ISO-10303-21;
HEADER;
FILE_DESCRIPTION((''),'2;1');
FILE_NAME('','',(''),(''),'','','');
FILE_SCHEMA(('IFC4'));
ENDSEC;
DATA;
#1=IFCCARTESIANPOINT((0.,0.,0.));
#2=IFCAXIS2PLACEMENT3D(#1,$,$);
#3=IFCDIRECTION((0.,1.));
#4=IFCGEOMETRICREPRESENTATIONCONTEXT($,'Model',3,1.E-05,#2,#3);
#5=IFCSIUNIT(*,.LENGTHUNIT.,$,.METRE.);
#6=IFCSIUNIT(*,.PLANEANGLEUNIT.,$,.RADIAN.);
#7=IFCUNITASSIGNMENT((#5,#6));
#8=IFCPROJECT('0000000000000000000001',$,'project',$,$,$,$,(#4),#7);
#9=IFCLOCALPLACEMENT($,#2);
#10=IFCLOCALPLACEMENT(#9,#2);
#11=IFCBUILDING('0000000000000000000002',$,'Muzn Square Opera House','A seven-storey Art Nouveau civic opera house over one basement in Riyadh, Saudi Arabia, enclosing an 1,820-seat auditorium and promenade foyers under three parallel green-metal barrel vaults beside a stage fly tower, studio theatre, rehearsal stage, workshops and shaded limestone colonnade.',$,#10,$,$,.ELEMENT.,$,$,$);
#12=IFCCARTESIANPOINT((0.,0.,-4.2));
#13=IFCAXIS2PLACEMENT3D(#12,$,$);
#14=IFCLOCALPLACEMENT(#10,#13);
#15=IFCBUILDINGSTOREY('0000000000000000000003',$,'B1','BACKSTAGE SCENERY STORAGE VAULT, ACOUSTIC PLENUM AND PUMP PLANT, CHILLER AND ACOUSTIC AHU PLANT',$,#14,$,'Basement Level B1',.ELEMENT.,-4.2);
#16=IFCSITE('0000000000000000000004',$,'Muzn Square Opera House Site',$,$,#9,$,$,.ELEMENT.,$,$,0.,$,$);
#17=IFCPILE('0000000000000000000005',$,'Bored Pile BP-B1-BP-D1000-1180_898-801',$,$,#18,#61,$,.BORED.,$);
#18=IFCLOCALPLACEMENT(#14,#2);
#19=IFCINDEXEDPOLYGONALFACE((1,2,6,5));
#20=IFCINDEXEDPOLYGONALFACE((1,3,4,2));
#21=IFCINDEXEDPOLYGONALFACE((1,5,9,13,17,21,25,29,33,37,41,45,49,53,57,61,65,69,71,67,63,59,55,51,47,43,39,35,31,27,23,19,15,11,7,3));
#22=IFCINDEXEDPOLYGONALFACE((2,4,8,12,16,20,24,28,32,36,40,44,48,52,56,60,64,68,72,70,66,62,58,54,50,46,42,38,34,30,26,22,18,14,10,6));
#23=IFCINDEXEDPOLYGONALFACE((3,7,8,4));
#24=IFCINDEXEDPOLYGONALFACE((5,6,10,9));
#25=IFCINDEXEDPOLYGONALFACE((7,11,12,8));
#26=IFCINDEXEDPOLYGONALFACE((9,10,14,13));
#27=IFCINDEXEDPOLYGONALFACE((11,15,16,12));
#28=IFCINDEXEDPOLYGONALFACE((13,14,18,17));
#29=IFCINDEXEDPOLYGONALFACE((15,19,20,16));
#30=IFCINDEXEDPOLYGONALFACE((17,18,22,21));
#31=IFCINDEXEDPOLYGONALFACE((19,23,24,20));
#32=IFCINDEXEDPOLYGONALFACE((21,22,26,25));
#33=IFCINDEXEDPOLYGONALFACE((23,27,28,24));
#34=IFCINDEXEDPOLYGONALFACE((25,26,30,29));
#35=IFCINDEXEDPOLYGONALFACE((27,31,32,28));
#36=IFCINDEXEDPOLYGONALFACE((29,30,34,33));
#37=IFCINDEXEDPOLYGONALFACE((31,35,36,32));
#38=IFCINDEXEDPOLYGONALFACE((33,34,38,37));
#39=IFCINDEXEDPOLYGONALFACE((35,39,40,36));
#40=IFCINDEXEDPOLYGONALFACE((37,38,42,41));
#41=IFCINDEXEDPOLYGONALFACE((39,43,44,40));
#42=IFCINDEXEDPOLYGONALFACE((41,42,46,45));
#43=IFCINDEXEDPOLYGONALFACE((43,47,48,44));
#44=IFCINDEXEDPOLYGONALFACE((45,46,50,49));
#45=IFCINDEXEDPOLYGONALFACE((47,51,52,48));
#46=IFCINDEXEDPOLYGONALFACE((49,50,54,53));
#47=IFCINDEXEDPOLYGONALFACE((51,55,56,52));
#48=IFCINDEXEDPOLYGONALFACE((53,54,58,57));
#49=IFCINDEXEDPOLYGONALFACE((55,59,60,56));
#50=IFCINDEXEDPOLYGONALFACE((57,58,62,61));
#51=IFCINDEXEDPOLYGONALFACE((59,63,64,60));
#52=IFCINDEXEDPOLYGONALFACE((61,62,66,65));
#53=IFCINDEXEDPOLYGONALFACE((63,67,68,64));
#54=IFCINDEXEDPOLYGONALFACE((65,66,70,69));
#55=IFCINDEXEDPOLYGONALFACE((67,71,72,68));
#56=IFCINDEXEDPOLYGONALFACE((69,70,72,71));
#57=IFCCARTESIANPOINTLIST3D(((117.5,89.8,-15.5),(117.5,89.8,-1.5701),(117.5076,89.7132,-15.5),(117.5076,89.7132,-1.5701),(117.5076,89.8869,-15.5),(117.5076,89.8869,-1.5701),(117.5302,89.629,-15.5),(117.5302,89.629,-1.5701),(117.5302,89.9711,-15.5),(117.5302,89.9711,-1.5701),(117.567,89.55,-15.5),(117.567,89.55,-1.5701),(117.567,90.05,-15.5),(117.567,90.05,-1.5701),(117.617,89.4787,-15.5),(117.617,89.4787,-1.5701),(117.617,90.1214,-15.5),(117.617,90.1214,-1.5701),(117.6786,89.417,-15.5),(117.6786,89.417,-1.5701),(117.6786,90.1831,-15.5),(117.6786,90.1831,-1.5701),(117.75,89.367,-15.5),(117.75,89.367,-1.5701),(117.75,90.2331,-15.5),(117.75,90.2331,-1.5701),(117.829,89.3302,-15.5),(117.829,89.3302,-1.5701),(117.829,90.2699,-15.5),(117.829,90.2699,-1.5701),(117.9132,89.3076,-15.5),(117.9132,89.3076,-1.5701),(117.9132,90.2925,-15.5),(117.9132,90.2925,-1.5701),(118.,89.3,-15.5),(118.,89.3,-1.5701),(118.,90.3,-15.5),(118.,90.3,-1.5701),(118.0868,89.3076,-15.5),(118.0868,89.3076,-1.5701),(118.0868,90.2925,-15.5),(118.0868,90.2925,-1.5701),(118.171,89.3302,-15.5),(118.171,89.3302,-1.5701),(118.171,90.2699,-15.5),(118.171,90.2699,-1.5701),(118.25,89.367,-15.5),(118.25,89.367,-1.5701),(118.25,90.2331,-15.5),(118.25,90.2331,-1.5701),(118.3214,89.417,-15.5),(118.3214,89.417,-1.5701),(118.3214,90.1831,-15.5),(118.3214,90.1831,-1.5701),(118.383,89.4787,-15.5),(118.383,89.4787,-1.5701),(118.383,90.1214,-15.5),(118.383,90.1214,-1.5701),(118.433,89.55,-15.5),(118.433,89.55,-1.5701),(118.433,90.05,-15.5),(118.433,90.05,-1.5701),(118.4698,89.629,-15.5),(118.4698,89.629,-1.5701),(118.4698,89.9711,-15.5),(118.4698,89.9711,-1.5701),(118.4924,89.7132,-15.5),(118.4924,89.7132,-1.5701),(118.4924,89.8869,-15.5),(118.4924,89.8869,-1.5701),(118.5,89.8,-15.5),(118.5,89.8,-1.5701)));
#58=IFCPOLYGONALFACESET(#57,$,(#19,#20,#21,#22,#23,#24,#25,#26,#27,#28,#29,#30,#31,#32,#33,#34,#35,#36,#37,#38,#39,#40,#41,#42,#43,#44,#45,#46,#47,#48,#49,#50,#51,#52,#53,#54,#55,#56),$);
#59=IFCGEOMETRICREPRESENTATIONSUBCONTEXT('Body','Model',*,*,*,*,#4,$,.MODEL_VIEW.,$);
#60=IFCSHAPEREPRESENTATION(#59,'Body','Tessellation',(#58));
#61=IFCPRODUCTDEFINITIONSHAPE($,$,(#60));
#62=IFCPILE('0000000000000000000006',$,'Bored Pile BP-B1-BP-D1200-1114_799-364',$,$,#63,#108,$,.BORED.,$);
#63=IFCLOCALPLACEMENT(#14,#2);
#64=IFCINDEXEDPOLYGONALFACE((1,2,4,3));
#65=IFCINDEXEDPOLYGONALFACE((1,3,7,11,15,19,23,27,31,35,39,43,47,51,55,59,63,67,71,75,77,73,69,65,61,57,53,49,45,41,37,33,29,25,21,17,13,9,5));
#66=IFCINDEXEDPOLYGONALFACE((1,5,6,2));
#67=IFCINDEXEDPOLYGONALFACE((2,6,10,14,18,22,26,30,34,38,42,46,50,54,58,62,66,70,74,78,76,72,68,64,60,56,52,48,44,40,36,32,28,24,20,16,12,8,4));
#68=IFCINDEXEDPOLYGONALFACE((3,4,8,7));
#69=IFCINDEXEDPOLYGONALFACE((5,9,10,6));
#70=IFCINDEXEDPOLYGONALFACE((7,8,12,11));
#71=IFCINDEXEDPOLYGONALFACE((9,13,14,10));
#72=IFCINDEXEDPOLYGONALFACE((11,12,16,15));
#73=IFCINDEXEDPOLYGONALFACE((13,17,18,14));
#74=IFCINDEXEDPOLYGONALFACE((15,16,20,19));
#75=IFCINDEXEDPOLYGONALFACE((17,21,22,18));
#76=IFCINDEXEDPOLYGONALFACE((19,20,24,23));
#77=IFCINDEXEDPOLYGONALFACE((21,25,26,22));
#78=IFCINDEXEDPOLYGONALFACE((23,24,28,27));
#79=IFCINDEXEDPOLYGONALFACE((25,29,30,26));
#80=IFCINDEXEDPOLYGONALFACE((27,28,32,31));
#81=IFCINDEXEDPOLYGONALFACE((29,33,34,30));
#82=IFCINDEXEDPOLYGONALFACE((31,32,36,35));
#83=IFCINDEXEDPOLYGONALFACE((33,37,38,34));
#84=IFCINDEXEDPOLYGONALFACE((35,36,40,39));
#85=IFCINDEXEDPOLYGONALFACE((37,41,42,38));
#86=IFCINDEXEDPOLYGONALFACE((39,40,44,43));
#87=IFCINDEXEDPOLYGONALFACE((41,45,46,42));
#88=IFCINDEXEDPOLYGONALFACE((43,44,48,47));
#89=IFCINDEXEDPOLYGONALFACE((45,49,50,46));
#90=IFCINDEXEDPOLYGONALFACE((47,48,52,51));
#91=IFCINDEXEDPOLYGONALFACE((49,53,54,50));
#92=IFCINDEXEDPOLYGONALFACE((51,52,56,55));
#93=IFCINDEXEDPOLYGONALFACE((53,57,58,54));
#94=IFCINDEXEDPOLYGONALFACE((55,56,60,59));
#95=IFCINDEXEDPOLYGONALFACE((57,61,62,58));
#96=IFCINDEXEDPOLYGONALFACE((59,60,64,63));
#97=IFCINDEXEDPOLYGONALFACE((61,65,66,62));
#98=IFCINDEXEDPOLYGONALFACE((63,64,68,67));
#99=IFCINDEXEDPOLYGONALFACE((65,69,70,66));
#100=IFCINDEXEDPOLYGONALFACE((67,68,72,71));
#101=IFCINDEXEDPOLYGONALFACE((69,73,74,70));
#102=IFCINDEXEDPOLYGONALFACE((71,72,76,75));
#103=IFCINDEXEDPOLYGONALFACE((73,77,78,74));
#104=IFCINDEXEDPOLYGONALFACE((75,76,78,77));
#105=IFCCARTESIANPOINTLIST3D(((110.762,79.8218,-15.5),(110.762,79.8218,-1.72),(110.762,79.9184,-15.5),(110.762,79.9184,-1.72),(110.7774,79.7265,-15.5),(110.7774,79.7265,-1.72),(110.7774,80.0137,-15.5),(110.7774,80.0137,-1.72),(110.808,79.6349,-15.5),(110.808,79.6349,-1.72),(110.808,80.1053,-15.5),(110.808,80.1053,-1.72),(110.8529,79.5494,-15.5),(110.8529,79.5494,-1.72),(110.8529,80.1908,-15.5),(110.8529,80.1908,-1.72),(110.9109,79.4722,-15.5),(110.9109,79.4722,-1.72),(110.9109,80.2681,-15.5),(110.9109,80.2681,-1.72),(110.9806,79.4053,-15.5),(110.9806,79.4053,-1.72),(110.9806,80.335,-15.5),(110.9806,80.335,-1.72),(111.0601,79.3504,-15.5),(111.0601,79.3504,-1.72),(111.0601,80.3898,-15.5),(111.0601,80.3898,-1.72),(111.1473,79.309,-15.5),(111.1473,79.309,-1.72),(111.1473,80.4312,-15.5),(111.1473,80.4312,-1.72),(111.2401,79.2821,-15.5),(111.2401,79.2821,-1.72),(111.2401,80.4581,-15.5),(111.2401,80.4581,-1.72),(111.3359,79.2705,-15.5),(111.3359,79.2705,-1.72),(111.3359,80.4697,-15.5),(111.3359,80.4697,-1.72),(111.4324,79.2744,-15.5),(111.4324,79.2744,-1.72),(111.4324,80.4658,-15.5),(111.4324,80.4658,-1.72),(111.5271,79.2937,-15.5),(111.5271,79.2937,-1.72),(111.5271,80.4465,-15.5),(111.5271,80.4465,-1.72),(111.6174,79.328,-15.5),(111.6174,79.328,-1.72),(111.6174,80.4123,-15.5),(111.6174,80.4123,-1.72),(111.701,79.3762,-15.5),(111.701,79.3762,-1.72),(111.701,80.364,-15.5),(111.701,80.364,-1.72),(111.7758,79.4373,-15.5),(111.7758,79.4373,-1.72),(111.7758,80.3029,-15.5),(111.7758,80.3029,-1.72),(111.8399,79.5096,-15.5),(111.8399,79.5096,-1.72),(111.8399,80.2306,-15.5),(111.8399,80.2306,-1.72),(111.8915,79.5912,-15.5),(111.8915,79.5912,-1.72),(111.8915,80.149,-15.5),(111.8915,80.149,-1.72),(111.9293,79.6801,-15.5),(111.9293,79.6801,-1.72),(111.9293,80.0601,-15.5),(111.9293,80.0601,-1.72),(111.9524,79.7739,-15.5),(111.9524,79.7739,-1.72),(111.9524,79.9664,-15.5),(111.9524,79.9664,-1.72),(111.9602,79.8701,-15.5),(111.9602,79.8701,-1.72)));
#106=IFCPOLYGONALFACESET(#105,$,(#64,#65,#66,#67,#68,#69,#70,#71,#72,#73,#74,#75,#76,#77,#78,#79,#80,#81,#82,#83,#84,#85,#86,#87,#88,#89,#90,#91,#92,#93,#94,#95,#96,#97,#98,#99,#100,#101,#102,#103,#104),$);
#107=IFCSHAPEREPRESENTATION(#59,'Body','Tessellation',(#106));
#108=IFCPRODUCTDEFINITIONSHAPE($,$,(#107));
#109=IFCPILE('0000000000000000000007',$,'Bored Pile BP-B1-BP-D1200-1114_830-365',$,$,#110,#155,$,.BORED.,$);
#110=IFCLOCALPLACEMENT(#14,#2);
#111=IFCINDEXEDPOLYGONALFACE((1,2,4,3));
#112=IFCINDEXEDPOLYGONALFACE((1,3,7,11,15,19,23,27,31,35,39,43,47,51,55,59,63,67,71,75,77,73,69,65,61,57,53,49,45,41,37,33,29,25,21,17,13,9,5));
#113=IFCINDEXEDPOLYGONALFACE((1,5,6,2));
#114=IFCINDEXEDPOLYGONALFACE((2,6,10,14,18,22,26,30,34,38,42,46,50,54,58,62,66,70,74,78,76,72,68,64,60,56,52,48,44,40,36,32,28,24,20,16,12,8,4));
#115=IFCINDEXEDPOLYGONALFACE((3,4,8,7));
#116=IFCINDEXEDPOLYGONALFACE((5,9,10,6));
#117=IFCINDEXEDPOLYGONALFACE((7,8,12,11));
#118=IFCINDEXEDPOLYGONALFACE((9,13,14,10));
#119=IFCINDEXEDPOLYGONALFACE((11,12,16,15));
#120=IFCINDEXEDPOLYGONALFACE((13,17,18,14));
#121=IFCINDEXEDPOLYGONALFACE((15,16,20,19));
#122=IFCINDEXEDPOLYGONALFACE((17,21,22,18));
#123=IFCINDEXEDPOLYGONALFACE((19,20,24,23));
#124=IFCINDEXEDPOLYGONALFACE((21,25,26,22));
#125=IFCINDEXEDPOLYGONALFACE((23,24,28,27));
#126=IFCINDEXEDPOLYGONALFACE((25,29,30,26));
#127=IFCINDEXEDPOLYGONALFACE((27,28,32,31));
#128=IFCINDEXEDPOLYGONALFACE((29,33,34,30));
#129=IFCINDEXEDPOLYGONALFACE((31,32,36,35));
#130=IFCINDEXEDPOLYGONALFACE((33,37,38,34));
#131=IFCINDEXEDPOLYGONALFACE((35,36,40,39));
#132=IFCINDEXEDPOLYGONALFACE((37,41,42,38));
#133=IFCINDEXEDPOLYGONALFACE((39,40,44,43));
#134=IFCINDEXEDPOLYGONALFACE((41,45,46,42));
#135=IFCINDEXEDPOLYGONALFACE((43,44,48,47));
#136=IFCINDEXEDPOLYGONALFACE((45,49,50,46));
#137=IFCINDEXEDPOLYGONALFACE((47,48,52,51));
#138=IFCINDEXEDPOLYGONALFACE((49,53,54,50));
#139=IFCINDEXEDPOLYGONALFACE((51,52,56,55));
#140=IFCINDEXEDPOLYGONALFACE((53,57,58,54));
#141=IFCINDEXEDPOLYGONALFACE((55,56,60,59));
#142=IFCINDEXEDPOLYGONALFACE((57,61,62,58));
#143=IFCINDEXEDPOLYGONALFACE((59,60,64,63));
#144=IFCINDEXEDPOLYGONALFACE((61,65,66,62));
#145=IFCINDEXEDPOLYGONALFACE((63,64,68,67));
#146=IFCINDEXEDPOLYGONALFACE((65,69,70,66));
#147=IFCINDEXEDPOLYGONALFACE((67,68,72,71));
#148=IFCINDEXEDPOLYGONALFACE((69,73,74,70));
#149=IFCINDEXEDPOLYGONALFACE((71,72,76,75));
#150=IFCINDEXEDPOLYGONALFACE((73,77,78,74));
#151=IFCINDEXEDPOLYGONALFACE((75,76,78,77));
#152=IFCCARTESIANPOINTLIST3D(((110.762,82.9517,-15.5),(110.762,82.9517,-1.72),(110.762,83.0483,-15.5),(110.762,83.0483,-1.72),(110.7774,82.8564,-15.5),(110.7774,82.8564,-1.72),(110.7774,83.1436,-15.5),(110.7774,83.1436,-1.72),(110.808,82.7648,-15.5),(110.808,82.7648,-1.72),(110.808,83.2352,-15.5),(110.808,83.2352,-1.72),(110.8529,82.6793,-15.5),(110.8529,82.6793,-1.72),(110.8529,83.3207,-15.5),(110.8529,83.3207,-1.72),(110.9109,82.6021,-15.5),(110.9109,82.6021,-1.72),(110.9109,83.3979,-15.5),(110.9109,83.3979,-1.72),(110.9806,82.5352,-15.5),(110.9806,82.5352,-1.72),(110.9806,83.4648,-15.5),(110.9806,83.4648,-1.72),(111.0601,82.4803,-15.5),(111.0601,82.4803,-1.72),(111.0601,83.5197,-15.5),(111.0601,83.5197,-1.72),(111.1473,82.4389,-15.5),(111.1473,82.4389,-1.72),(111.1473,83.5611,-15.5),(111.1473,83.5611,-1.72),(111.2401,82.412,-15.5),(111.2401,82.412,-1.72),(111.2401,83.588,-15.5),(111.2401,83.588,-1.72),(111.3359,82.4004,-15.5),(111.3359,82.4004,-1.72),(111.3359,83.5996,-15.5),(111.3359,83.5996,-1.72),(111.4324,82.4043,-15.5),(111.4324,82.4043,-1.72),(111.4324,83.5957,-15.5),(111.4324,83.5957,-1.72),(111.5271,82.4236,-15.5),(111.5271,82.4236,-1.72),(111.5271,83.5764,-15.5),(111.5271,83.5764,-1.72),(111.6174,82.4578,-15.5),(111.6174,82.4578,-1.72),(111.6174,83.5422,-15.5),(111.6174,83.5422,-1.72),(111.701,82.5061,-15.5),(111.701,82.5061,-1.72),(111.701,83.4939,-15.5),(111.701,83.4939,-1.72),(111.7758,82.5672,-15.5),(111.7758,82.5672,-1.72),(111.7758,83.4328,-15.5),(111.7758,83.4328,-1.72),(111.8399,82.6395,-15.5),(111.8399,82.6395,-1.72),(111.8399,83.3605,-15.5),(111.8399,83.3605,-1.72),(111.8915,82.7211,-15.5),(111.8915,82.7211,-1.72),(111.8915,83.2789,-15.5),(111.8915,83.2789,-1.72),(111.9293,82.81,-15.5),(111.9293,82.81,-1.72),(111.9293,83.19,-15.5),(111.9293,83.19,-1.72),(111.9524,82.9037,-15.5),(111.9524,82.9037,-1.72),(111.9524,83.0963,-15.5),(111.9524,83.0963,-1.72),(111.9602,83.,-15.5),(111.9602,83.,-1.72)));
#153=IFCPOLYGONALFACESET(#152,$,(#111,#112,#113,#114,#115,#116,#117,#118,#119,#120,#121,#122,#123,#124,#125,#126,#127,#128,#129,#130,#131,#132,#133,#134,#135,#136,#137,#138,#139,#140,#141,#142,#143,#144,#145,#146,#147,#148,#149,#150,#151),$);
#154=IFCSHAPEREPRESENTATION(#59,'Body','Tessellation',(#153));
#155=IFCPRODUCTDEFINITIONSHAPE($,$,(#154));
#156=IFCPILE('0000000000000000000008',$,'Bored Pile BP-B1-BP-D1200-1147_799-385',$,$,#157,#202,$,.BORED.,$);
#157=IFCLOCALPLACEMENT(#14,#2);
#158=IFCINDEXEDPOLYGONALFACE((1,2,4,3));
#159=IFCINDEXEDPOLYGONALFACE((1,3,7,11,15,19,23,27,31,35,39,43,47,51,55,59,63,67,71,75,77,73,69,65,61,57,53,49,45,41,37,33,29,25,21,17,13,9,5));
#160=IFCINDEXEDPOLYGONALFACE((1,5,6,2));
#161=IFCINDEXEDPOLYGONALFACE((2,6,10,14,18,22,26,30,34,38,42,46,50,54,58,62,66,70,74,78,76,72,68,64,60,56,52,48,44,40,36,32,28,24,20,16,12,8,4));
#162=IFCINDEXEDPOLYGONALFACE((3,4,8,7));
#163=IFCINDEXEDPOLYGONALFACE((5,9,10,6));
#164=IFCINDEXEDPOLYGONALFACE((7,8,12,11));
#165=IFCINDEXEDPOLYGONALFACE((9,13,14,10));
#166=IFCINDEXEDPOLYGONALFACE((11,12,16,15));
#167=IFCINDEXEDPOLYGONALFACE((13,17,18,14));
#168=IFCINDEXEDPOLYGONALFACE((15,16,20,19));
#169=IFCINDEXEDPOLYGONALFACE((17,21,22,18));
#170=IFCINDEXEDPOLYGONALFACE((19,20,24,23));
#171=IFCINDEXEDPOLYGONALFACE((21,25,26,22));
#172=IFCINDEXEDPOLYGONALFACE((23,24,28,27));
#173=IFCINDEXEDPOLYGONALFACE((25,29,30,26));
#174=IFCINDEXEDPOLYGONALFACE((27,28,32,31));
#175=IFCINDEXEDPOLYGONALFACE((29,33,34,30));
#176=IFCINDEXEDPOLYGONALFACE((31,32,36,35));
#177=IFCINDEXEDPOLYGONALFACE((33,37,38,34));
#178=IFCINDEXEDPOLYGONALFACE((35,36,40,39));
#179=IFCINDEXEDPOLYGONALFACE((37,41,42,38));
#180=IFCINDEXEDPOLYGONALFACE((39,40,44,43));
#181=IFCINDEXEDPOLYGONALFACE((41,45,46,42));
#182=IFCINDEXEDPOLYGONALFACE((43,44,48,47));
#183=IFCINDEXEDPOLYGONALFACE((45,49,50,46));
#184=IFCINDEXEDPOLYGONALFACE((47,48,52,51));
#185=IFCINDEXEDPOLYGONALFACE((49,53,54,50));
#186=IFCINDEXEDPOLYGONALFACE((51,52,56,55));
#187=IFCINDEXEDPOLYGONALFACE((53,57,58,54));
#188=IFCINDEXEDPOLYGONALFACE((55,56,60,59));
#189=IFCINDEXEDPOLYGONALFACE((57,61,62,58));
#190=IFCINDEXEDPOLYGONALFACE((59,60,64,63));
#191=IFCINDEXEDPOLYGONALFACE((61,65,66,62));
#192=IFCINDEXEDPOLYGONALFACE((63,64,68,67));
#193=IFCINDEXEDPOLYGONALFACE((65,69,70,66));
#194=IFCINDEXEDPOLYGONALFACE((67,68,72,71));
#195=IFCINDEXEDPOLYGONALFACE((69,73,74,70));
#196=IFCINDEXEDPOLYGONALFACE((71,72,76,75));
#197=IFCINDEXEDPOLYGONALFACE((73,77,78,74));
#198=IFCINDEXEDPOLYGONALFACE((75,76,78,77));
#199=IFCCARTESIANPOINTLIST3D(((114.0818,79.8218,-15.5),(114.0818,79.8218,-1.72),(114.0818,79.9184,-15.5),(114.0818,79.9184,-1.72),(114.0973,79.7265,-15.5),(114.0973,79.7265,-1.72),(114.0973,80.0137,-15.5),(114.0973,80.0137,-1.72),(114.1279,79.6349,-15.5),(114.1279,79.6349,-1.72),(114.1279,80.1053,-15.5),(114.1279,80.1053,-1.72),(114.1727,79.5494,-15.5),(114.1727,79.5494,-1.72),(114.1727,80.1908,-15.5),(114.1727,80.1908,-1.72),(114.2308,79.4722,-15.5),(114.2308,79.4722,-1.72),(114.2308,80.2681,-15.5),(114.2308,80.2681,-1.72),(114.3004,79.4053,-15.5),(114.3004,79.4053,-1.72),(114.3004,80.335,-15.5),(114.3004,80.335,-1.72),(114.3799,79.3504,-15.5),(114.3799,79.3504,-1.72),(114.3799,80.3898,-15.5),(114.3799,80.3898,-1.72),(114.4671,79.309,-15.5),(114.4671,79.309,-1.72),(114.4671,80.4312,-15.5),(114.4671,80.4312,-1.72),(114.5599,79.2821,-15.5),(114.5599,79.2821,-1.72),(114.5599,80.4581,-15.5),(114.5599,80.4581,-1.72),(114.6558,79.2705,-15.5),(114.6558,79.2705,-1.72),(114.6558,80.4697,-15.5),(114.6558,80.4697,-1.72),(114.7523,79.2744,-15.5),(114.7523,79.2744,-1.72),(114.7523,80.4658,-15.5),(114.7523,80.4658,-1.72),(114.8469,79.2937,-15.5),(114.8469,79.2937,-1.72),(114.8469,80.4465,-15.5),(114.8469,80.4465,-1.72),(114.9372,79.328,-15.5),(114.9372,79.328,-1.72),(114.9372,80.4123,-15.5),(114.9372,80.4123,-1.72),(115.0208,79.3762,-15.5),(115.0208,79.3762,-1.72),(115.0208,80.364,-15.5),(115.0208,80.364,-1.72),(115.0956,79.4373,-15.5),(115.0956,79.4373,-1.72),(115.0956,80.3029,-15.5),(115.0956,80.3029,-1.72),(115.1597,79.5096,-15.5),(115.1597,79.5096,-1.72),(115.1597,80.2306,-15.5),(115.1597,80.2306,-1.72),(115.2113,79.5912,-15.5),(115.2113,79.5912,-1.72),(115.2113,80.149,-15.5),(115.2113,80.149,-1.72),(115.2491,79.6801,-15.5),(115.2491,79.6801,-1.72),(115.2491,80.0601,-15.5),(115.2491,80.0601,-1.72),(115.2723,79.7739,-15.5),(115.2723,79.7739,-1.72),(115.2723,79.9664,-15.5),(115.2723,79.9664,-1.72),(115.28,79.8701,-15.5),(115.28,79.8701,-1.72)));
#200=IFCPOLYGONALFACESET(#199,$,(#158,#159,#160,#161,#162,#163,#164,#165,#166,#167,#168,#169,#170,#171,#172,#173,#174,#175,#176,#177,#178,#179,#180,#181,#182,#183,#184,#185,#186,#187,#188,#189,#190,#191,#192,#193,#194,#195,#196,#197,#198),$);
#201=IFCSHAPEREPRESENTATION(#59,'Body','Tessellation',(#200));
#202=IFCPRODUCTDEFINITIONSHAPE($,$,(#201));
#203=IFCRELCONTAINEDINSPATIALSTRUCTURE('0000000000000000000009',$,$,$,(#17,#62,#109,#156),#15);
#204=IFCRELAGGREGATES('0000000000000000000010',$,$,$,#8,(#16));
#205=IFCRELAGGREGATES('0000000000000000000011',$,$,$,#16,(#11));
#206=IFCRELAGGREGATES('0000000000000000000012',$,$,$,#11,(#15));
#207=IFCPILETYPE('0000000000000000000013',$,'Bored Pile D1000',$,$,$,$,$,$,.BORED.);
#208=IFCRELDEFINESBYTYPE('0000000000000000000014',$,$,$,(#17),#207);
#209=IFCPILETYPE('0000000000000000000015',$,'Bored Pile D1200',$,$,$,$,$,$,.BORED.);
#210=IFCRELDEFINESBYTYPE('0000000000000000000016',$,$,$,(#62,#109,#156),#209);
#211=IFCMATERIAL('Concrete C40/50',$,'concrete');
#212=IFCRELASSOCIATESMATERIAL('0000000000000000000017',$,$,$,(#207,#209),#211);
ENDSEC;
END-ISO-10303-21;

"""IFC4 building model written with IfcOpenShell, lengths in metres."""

from ifc_helpers import new_model, si_unit, direction, frame, origin, origin_2d, place, context, subcontext, project, spatial, circle, extrude, material, material_profile, profile_set, type_object, element, save


model = new_model("IFC4")

# Units and contexts
model_context = context("Model", 3, precision=1e-05, world=origin(), true_north=direction((0.0, 1.0)))
body_context = subcontext(model_context, "Body", "Model", "MODEL_VIEW")
ifc_project = project(units=[si_unit("LENGTHUNIT", "METRE"), si_unit("PLANEANGLEUNIT", "RADIAN")], contexts=[model_context])

# Site, building, storey
site_placement = place(None, origin())
site = spatial("IfcSite", under=ifc_project, at=site_placement, Name="Muzn Square Opera House Site", CompositionType="ELEMENT", RefElevation=0.0)
building_placement = place(site_placement, origin())
building = spatial("IfcBuilding", under=site, at=building_placement, Name="Muzn Square Opera House", Description="A seven-storey Art Nouveau civic opera house over one basement in Riyadh, Saudi Arabia, enclosing an 1,820-seat auditorium and promenade foyers under three parallel green-metal barrel vaults beside a stage fly tower, studio theatre, rehearsal stage, workshops and shaded limestone colonnade.", CompositionType="ELEMENT")
storey_placement = place(building_placement, frame((0.0, 0.0, -4.2)))
storey = spatial("IfcBuildingStorey", under=building, at=storey_placement, Name="B1", Description="BACKSTAGE SCENERY STORAGE VAULT, ACOUSTIC PLENUM AND PUMP PLANT, CHILLER AND ACOUSTIC AHU PLANT", LongName="Basement Level B1", CompositionType="ELEMENT", Elevation=-4.2)

# Piles
ifc_material_1 = material(Name="Concrete C40/50", Category="concrete")
ifc_material_profile_1 = material_profile(ifc_material_1, circle(Radius=0.5, at=origin_2d()), Name="BORED PILE D1000", Category="concrete")
ifc_profile_set_1 = profile_set([ifc_material_profile_1], Name="Concrete C40/50")
pile_type_1 = type_object("IfcPileType", Name="Bored Pile D1000", PredefinedType="BORED", material=ifc_profile_set_1)
pile_placement = place(storey_placement, frame((118.0, 89.8, -1.5701), z_axis=(0.0, 0.0, -1.0), x_axis=(1.0, 0.0, 0.0)))
element("IfcPile", 1, at=pile_placement, inside=storey, type_object=pile_type_1, Name="Bored Pile BP-B1-BP-D1000-1180_898-801", PredefinedType="BORED", context=body_context, shape_type="SweptSolid", body=[
    extrude(circle(Radius=0.5, at=origin_2d()), origin(), (0.0, 0.0, 1.0), 13.9299),
])
ifc_material_profile_2 = material_profile(ifc_material_1, circle(Radius=0.6001, at=origin_2d()), Name="BORED PILE D1200", Category="concrete")
ifc_profile_set_2 = profile_set([ifc_material_profile_2], Name="Concrete C40/50")
pile_type_2 = type_object("IfcPileType", Name="Bored Pile D1200", PredefinedType="BORED", material=ifc_profile_set_2)
for number, where, z_axis, x_axis, name in (
    (2, (111.3601, 79.8701, -1.72), (0.0, 0.0, -1.0), (1.0, 0.0, 0.0), "Bored Pile BP-B1-BP-D1200-1114_799-364"),
    (3, (111.3601, 83.0, -1.72), (0.0, 0.0, -1.0), (1.0, 0.0, 0.0), "Bored Pile BP-B1-BP-D1200-1114_830-365"),
    (4, (114.6799, 79.8701, -1.72), (0.0, 0.0, -1.0), (1.0, 0.0, 0.0), "Bored Pile BP-B1-BP-D1200-1147_799-385"),
):
    element("IfcPile", number, at=place(storey_placement, frame(where, z_axis=z_axis, x_axis=x_axis)), inside=storey, type_object=pile_type_2, Name=name, PredefinedType="BORED", context=body_context, shape_type="SweptSolid", body=[
        extrude(circle(Radius=0.6001, at=origin_2d()), origin(), (0.0, 0.0, 1.0), 13.78),
    ])

save(model, "model.ifc")
